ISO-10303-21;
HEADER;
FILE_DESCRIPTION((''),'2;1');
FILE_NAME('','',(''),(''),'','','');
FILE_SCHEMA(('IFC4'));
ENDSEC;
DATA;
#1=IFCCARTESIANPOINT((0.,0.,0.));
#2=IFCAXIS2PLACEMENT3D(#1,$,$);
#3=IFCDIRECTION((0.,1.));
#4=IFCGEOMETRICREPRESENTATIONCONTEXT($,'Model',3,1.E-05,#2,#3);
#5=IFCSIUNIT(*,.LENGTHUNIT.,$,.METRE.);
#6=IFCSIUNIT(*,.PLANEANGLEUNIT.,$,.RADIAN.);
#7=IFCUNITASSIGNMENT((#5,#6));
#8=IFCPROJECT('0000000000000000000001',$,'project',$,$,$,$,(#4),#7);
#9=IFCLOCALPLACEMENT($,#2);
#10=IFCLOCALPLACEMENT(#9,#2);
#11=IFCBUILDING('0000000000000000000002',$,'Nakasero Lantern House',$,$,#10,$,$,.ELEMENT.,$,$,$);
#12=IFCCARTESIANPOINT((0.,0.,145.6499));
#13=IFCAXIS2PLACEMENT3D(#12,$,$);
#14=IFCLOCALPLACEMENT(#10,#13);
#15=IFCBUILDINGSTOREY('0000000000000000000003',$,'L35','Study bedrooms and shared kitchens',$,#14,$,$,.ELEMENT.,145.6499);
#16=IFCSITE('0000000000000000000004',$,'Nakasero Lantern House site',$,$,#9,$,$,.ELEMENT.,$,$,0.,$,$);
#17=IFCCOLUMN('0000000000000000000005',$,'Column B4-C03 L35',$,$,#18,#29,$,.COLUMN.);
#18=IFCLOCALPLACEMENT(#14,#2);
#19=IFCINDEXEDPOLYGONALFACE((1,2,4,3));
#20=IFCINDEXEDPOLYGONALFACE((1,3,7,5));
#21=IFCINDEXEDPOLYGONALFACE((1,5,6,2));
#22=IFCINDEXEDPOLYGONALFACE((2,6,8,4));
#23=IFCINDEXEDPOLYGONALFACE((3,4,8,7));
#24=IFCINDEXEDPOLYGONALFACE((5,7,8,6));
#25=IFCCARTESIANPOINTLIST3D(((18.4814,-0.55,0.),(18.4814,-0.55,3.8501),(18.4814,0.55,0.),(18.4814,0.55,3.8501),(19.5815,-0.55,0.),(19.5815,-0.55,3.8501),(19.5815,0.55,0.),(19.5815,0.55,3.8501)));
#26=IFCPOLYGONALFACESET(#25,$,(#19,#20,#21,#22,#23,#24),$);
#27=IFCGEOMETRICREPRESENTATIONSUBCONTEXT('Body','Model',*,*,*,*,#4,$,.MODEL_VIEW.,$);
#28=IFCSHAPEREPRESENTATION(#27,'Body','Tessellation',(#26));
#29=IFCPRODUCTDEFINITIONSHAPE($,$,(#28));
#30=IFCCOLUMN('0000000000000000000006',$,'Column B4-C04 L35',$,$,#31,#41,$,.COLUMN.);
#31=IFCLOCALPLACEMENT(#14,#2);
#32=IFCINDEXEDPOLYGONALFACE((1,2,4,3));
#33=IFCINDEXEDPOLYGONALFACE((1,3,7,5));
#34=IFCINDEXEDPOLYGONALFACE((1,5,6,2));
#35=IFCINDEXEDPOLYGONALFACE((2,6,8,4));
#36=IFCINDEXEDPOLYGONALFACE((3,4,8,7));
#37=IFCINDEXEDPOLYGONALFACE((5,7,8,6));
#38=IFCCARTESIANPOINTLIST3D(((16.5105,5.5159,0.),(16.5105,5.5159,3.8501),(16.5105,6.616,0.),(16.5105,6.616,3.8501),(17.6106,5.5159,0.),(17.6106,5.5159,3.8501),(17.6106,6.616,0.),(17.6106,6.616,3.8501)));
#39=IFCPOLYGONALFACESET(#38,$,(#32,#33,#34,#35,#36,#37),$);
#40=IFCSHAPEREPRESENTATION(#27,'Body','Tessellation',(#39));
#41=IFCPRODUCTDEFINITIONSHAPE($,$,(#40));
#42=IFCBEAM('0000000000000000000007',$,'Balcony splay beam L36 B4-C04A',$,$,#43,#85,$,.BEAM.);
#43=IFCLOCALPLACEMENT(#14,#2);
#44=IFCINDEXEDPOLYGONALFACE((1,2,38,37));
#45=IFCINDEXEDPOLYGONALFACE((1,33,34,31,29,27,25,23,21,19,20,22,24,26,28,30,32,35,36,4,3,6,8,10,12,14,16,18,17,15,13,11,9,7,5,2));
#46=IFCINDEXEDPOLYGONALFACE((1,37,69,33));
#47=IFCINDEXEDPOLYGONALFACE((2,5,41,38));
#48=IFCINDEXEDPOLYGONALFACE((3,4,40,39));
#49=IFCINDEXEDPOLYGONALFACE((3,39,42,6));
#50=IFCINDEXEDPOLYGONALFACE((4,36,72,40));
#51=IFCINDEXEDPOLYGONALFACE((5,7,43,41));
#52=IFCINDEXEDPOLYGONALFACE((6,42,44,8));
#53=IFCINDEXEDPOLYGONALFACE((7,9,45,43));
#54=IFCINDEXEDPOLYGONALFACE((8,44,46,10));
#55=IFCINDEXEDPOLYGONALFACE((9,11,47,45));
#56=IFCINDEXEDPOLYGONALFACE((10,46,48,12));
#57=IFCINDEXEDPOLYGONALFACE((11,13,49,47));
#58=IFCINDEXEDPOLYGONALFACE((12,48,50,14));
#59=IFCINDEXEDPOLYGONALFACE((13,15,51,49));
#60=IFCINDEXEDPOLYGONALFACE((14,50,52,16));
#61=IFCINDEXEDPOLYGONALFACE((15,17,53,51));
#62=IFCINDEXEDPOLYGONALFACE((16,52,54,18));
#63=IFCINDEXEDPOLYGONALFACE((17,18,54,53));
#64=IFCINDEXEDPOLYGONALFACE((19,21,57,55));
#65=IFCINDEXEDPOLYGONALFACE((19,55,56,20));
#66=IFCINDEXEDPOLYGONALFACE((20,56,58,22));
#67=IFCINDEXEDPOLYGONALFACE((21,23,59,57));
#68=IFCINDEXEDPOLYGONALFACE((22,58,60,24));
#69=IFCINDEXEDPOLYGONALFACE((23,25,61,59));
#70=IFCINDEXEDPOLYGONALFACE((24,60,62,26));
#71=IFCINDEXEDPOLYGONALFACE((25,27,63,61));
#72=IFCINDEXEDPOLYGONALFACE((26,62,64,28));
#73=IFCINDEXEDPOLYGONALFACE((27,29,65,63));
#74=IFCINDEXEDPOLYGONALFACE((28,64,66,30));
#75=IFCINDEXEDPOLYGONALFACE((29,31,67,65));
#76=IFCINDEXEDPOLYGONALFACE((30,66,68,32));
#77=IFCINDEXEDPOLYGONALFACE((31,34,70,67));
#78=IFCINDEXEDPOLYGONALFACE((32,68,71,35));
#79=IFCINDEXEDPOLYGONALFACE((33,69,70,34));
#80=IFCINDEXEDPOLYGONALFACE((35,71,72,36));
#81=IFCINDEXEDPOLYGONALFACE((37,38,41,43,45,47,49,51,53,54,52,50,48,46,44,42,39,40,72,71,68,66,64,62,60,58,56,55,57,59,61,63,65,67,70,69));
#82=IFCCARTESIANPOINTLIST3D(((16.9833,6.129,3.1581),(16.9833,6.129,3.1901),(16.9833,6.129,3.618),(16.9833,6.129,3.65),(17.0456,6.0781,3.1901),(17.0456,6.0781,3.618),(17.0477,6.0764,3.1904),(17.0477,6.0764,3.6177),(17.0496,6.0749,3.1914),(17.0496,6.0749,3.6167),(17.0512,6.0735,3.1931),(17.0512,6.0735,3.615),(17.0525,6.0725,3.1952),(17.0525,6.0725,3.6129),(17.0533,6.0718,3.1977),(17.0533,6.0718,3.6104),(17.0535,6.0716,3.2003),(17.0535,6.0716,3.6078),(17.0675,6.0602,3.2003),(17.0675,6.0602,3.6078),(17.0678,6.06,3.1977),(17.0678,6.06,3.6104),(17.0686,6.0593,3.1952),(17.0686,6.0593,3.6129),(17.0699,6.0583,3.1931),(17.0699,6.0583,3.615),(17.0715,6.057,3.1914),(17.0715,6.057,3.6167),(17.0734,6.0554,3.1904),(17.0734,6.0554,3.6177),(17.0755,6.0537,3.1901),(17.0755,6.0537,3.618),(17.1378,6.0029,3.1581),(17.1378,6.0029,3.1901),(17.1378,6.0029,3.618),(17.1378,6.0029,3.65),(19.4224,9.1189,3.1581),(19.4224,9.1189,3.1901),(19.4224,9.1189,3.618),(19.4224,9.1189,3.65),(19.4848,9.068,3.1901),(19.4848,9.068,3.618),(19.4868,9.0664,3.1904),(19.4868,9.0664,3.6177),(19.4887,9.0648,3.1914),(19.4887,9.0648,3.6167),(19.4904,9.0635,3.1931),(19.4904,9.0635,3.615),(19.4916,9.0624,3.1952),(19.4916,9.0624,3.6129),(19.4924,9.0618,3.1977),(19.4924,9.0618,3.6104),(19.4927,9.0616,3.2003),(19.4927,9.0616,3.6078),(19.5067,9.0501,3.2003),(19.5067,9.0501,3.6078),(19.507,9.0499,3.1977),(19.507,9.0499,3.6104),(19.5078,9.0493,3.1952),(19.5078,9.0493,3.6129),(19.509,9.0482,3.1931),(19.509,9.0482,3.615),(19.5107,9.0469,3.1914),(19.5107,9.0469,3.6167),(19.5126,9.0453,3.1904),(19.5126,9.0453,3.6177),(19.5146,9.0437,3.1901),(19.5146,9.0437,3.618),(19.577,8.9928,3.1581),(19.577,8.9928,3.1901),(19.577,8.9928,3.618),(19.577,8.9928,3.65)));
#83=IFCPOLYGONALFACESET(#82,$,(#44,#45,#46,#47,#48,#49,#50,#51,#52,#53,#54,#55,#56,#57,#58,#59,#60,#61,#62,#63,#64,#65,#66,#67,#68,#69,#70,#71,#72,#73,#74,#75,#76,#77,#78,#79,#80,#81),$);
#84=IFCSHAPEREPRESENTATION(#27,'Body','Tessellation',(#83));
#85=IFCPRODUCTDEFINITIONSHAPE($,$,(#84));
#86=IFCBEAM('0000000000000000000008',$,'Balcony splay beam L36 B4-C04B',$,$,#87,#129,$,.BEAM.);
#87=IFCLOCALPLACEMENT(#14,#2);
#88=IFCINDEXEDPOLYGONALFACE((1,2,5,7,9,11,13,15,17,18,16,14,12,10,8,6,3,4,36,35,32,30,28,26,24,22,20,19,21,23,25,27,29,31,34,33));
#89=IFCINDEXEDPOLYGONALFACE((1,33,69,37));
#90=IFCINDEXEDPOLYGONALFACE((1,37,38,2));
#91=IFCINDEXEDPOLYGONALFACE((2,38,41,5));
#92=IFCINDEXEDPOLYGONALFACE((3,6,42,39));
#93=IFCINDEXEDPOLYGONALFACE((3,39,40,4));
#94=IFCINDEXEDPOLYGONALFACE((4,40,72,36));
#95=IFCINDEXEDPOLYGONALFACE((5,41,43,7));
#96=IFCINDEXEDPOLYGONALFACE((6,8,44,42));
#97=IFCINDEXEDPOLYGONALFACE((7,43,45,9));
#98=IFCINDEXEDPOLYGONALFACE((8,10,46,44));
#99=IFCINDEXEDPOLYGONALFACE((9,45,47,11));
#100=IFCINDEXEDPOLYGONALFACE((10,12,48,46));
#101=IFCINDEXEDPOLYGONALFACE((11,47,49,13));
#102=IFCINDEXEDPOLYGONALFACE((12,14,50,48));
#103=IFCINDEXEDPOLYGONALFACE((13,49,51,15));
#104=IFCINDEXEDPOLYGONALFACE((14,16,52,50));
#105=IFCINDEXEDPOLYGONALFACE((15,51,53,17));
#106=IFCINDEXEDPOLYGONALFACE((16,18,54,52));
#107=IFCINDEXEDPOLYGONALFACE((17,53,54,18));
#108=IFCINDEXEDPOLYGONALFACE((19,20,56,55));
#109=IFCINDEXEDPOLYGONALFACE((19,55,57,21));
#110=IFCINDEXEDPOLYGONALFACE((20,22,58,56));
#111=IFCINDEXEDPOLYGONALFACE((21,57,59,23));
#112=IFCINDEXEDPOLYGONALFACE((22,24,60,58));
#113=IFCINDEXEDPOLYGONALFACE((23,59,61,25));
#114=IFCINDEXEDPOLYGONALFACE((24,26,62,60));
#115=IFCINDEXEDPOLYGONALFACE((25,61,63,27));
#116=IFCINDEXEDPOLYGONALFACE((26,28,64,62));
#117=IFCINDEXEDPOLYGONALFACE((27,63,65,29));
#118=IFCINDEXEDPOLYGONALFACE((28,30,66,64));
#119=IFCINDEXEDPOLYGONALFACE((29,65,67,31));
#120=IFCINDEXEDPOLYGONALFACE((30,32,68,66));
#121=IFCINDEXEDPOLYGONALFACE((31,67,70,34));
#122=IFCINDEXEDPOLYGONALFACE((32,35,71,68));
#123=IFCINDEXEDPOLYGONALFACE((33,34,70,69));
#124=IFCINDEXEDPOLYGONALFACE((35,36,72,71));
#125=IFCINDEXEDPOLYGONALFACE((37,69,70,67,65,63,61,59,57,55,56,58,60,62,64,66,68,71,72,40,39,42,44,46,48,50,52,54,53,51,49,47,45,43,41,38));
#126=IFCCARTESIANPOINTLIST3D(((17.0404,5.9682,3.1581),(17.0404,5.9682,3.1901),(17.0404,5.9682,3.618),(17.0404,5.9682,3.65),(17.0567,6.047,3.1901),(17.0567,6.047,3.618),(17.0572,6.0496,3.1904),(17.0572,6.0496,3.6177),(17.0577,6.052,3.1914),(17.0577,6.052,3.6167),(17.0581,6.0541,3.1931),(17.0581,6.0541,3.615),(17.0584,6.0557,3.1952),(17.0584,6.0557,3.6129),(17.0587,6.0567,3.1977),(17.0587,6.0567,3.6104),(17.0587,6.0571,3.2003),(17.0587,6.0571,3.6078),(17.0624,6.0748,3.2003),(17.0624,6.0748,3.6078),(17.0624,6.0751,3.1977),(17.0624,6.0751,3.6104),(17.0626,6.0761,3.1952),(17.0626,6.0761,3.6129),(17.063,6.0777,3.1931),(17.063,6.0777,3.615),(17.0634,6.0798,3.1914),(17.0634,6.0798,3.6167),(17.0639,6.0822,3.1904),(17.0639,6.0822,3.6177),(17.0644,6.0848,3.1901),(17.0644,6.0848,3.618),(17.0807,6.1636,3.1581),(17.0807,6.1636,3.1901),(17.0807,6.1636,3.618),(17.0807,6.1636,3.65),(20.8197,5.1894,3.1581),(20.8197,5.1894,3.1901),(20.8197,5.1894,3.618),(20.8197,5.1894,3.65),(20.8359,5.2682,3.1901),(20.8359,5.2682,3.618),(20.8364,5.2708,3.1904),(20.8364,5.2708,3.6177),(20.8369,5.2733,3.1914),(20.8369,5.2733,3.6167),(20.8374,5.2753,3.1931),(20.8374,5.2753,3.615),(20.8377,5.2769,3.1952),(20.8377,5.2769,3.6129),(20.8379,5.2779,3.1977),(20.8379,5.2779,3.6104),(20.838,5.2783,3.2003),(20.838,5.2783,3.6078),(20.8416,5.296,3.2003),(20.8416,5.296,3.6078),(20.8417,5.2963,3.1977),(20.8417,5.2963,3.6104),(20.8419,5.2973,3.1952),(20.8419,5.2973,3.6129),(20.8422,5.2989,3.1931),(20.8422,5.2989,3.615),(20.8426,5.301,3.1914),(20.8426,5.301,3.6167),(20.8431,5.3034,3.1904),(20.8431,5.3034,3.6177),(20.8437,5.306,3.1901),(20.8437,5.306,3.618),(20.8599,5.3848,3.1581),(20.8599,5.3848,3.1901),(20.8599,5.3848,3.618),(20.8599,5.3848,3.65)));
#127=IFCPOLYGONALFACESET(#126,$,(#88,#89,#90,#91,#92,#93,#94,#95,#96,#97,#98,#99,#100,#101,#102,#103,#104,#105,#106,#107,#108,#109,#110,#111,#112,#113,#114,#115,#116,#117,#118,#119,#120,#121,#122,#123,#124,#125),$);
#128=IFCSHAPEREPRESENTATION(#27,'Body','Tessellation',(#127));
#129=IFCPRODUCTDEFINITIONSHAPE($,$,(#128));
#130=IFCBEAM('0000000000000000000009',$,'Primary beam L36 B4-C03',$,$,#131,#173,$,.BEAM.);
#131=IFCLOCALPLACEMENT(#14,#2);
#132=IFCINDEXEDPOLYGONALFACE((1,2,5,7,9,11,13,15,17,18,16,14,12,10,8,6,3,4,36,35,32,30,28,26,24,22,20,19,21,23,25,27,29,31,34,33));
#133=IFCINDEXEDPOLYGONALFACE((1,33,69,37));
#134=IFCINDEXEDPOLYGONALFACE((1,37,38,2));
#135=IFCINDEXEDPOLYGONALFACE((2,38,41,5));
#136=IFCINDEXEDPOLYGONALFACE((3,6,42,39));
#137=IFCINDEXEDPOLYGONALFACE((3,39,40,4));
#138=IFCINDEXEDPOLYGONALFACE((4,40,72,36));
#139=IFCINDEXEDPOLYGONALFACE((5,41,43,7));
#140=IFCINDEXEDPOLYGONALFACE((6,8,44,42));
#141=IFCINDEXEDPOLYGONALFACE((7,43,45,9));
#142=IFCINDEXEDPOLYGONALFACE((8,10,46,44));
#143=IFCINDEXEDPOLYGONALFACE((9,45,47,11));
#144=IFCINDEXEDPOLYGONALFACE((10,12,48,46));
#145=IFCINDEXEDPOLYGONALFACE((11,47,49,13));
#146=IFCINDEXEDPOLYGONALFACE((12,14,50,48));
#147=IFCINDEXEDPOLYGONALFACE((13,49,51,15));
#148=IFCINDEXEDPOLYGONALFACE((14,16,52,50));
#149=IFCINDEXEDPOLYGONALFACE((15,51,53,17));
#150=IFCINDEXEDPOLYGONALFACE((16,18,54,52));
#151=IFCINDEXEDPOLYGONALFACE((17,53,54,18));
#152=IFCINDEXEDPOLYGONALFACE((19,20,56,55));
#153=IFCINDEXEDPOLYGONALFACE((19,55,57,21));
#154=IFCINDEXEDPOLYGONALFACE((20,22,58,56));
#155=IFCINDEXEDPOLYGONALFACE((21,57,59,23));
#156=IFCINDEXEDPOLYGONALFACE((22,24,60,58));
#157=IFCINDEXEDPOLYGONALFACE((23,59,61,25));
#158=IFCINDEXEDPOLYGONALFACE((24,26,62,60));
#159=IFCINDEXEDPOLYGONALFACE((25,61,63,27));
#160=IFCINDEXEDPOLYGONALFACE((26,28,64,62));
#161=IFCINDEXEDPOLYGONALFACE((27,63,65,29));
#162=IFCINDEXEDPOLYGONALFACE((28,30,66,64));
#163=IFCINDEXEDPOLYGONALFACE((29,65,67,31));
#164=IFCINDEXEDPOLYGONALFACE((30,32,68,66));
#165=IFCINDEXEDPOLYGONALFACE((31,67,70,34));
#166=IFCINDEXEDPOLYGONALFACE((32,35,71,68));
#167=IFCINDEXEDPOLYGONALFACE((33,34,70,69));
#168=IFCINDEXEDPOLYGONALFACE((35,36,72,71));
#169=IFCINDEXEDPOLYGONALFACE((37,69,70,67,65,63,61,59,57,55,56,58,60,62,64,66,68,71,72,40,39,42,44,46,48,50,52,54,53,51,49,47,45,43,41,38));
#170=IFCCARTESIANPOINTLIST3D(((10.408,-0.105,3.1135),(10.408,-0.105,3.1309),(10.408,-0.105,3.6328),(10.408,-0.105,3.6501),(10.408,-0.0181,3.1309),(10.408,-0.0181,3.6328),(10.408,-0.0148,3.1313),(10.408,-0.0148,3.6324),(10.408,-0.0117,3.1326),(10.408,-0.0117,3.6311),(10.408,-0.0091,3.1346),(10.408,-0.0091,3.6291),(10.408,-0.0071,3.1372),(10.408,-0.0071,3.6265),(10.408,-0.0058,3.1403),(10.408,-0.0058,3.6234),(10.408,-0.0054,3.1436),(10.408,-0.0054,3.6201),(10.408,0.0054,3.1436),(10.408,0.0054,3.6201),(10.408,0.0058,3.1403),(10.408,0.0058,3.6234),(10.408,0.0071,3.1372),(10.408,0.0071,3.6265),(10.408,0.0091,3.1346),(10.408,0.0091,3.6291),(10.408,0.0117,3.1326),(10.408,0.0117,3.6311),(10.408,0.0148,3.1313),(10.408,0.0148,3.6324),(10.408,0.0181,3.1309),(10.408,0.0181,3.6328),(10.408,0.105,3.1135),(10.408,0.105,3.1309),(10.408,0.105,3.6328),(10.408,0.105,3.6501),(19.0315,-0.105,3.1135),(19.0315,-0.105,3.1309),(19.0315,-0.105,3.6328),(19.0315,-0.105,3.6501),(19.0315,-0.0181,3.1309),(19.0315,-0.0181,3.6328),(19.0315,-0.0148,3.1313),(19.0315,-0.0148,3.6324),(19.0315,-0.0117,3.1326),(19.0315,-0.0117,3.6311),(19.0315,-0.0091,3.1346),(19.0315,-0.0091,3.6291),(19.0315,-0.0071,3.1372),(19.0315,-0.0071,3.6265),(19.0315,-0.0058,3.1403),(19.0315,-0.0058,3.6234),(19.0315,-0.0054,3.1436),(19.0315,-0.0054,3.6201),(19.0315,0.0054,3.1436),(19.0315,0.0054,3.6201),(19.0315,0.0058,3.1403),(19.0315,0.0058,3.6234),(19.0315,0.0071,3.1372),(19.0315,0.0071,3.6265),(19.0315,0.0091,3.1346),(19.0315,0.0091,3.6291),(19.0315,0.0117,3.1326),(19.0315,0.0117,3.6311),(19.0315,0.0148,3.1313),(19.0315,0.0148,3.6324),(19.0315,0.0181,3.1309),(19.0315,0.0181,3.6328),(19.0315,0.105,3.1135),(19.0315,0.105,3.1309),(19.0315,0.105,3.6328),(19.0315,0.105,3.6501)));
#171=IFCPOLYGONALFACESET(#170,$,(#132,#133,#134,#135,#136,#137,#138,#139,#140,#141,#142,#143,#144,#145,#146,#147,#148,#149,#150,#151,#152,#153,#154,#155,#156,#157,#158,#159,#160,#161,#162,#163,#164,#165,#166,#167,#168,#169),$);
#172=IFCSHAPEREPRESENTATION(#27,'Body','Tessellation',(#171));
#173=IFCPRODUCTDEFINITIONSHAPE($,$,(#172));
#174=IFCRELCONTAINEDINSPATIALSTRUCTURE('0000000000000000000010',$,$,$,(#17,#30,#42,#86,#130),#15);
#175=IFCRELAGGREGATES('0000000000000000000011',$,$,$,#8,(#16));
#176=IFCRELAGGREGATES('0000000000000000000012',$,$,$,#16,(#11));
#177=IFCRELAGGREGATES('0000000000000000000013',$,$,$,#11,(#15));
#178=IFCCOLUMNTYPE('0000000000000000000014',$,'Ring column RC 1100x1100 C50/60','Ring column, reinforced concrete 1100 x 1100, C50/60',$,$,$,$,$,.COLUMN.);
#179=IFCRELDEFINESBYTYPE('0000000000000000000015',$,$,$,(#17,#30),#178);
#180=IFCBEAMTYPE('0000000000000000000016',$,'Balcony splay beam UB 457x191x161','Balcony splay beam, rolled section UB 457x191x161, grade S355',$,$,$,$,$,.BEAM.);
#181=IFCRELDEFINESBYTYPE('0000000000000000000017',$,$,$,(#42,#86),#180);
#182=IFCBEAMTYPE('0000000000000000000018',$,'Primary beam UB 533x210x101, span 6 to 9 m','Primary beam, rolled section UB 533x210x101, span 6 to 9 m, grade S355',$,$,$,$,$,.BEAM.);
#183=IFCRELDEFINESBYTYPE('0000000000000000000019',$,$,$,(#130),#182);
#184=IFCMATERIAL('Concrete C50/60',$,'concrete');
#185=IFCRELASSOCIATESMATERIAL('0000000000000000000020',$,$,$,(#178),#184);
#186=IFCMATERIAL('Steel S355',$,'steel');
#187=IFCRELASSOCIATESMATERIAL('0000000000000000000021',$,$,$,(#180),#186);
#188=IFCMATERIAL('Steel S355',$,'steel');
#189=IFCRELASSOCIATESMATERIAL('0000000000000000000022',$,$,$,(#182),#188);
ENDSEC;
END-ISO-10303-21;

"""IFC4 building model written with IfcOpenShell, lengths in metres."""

from ifc_helpers import new_model, si_unit, direction, frame, origin, origin_2d, place, context, subcontext, project, spatial, rectangle, i_section, extrude, material, material_profile, profile_set, type_object, element, save


model = new_model("IFC4")

# Units and contexts
model_context = context("Model", 3, precision=1e-05, world=origin(), true_north=direction((0.0, 1.0)))
body_context = subcontext(model_context, "Body", "Model", "MODEL_VIEW")
ifc_project = project(units=[si_unit("LENGTHUNIT", "METRE"), si_unit("PLANEANGLEUNIT", "RADIAN")], contexts=[model_context])

# Site, building, storey
site_placement = place(None, origin())
site = spatial("IfcSite", under=ifc_project, at=site_placement, Name="Nakasero Lantern House site", CompositionType="ELEMENT", RefElevation=0.0)
building_placement = place(site_placement, origin())
building = spatial("IfcBuilding", under=site, at=building_placement, Name="Nakasero Lantern House", CompositionType="ELEMENT")
storey_placement = place(building_placement, frame((0.0, 0.0, 145.6499)))
storey = spatial("IfcBuildingStorey", under=building, at=storey_placement, Name="L35", Description="Study bedrooms and shared kitchens", CompositionType="ELEMENT", Elevation=145.6499)

# Columns
ifc_material_1 = material(Name="Concrete C50/60", Category="concrete")
ifc_material_profile_1 = material_profile(ifc_material_1, rectangle(XDim=1.1001, YDim=1.1001, at=origin_2d()), Name="RC 1100x1100")
ifc_profile_set_1 = profile_set([ifc_material_profile_1], Name="Concrete C50/60")
column_type = type_object("IfcColumnType", Name="Ring column RC 1100x1100 C50/60", Description="Ring column, reinforced concrete 1100 x 1100, C50/60", PredefinedType="COLUMN", material=ifc_profile_set_1)
for number, where, z_axis, x_axis, name in (
    (1, (19.0315, 0.0, 0.0), (0.0, 0.0, 1.0), (1.0, 0.0, 0.0), "Column B4-C03 L35"),
    (2, (17.0605, 6.0659, 0.0), (0.0, 0.0, 1.0), (1.0, 0.0, 0.0), "Column B4-C04 L35"),
):
    element("IfcColumn", number, at=place(storey_placement, frame(where, z_axis=z_axis, x_axis=x_axis)), inside=storey, type_object=column_type, Name=name, PredefinedType="COLUMN", context=body_context, shape_type="SweptSolid", body=[
        extrude(rectangle(XDim=1.1001, YDim=1.1001, at=origin_2d()), origin(), (0.0, 0.0, 1.0), 3.8501),
    ])

# Beams
ifc_material_2 = material(Name="Steel S355", Category="steel")
ifc_material_profile_2 = material_profile(ifc_material_2, i_section(OverallWidth=0.1995, OverallDepth=0.4919, WebThickness=0.0181, FlangeThickness=0.032, FilletRadius=0.0103, at=origin_2d()), Name="UB 457x191x161")
ifc_profile_set_2 = profile_set([ifc_material_profile_2], Name="Steel S355")
beam_type_1 = type_object("IfcBeamType", Name="Balcony splay beam UB 457x191x161", Description="Balcony splay beam, rolled section UB 457x191x161, grade S355", PredefinedType="BEAM", material=ifc_profile_set_2)
for number, where, z_axis, x_axis, name in (
    (3, (17.0605, 6.0659, 3.4041), (0.632128, 0.774864, 0.0), (-0.774864, 0.632128, 0.0), "Balcony splay beam L36 B4-C04A"),
    (4, (17.0605, 6.0659, 3.4041), (0.97942, -0.201831, 0.0), (0.201831, 0.97942, 0.0), "Balcony splay beam L36 B4-C04B"),
):
    element("IfcBeam", number, at=place(storey_placement, frame(where, z_axis=z_axis, x_axis=x_axis)), inside=storey, type_object=beam_type_1, Name=name, PredefinedType="BEAM", context=body_context, shape_type="SweptSolid", body=[
        extrude(i_section(OverallWidth=0.1995, OverallDepth=0.4919, WebThickness=0.0181, FlangeThickness=0.032, FilletRadius=0.0103, at=origin_2d()), origin(), (0.0, 0.0, 1.0), 3.8586),
    ])
ifc_material_3 = material(Name="Steel S355", Category="steel")
ifc_material_profile_3 = material_profile(ifc_material_3, i_section(OverallWidth=0.21, OverallDepth=0.5366, WebThickness=0.0107, FlangeThickness=0.0173, FilletRadius=0.0127, at=origin_2d()), Name="UB 533x210x101")
ifc_profile_set_3 = profile_set([ifc_material_profile_3], Name="Steel S355")
beam_type_2 = type_object("IfcBeamType", Name="Primary beam UB 533x210x101, span 6 to 9 m", Description="Primary beam, rolled section UB 533x210x101, span 6 to 9 m, grade S355", PredefinedType="BEAM", material=ifc_profile_set_3)
beam_1_placement = place(storey_placement, frame((19.0315, 0.0, 3.3818), z_axis=(-1.0, 0.0, 0.0), x_axis=(0.0, -1.0, 0.0)))
element("IfcBeam", 5, at=beam_1_placement, inside=storey, type_object=beam_type_2, Name="Primary beam L36 B4-C03", PredefinedType="BEAM", context=body_context, shape_type="SweptSolid", body=[
    extrude(i_section(OverallWidth=0.21, OverallDepth=0.5366, WebThickness=0.0107, FlangeThickness=0.0173, FilletRadius=0.0127, at=origin_2d()), origin(), (0.0, 0.0, 1.0), 8.6235),
])

save(model, "model.ifc")
